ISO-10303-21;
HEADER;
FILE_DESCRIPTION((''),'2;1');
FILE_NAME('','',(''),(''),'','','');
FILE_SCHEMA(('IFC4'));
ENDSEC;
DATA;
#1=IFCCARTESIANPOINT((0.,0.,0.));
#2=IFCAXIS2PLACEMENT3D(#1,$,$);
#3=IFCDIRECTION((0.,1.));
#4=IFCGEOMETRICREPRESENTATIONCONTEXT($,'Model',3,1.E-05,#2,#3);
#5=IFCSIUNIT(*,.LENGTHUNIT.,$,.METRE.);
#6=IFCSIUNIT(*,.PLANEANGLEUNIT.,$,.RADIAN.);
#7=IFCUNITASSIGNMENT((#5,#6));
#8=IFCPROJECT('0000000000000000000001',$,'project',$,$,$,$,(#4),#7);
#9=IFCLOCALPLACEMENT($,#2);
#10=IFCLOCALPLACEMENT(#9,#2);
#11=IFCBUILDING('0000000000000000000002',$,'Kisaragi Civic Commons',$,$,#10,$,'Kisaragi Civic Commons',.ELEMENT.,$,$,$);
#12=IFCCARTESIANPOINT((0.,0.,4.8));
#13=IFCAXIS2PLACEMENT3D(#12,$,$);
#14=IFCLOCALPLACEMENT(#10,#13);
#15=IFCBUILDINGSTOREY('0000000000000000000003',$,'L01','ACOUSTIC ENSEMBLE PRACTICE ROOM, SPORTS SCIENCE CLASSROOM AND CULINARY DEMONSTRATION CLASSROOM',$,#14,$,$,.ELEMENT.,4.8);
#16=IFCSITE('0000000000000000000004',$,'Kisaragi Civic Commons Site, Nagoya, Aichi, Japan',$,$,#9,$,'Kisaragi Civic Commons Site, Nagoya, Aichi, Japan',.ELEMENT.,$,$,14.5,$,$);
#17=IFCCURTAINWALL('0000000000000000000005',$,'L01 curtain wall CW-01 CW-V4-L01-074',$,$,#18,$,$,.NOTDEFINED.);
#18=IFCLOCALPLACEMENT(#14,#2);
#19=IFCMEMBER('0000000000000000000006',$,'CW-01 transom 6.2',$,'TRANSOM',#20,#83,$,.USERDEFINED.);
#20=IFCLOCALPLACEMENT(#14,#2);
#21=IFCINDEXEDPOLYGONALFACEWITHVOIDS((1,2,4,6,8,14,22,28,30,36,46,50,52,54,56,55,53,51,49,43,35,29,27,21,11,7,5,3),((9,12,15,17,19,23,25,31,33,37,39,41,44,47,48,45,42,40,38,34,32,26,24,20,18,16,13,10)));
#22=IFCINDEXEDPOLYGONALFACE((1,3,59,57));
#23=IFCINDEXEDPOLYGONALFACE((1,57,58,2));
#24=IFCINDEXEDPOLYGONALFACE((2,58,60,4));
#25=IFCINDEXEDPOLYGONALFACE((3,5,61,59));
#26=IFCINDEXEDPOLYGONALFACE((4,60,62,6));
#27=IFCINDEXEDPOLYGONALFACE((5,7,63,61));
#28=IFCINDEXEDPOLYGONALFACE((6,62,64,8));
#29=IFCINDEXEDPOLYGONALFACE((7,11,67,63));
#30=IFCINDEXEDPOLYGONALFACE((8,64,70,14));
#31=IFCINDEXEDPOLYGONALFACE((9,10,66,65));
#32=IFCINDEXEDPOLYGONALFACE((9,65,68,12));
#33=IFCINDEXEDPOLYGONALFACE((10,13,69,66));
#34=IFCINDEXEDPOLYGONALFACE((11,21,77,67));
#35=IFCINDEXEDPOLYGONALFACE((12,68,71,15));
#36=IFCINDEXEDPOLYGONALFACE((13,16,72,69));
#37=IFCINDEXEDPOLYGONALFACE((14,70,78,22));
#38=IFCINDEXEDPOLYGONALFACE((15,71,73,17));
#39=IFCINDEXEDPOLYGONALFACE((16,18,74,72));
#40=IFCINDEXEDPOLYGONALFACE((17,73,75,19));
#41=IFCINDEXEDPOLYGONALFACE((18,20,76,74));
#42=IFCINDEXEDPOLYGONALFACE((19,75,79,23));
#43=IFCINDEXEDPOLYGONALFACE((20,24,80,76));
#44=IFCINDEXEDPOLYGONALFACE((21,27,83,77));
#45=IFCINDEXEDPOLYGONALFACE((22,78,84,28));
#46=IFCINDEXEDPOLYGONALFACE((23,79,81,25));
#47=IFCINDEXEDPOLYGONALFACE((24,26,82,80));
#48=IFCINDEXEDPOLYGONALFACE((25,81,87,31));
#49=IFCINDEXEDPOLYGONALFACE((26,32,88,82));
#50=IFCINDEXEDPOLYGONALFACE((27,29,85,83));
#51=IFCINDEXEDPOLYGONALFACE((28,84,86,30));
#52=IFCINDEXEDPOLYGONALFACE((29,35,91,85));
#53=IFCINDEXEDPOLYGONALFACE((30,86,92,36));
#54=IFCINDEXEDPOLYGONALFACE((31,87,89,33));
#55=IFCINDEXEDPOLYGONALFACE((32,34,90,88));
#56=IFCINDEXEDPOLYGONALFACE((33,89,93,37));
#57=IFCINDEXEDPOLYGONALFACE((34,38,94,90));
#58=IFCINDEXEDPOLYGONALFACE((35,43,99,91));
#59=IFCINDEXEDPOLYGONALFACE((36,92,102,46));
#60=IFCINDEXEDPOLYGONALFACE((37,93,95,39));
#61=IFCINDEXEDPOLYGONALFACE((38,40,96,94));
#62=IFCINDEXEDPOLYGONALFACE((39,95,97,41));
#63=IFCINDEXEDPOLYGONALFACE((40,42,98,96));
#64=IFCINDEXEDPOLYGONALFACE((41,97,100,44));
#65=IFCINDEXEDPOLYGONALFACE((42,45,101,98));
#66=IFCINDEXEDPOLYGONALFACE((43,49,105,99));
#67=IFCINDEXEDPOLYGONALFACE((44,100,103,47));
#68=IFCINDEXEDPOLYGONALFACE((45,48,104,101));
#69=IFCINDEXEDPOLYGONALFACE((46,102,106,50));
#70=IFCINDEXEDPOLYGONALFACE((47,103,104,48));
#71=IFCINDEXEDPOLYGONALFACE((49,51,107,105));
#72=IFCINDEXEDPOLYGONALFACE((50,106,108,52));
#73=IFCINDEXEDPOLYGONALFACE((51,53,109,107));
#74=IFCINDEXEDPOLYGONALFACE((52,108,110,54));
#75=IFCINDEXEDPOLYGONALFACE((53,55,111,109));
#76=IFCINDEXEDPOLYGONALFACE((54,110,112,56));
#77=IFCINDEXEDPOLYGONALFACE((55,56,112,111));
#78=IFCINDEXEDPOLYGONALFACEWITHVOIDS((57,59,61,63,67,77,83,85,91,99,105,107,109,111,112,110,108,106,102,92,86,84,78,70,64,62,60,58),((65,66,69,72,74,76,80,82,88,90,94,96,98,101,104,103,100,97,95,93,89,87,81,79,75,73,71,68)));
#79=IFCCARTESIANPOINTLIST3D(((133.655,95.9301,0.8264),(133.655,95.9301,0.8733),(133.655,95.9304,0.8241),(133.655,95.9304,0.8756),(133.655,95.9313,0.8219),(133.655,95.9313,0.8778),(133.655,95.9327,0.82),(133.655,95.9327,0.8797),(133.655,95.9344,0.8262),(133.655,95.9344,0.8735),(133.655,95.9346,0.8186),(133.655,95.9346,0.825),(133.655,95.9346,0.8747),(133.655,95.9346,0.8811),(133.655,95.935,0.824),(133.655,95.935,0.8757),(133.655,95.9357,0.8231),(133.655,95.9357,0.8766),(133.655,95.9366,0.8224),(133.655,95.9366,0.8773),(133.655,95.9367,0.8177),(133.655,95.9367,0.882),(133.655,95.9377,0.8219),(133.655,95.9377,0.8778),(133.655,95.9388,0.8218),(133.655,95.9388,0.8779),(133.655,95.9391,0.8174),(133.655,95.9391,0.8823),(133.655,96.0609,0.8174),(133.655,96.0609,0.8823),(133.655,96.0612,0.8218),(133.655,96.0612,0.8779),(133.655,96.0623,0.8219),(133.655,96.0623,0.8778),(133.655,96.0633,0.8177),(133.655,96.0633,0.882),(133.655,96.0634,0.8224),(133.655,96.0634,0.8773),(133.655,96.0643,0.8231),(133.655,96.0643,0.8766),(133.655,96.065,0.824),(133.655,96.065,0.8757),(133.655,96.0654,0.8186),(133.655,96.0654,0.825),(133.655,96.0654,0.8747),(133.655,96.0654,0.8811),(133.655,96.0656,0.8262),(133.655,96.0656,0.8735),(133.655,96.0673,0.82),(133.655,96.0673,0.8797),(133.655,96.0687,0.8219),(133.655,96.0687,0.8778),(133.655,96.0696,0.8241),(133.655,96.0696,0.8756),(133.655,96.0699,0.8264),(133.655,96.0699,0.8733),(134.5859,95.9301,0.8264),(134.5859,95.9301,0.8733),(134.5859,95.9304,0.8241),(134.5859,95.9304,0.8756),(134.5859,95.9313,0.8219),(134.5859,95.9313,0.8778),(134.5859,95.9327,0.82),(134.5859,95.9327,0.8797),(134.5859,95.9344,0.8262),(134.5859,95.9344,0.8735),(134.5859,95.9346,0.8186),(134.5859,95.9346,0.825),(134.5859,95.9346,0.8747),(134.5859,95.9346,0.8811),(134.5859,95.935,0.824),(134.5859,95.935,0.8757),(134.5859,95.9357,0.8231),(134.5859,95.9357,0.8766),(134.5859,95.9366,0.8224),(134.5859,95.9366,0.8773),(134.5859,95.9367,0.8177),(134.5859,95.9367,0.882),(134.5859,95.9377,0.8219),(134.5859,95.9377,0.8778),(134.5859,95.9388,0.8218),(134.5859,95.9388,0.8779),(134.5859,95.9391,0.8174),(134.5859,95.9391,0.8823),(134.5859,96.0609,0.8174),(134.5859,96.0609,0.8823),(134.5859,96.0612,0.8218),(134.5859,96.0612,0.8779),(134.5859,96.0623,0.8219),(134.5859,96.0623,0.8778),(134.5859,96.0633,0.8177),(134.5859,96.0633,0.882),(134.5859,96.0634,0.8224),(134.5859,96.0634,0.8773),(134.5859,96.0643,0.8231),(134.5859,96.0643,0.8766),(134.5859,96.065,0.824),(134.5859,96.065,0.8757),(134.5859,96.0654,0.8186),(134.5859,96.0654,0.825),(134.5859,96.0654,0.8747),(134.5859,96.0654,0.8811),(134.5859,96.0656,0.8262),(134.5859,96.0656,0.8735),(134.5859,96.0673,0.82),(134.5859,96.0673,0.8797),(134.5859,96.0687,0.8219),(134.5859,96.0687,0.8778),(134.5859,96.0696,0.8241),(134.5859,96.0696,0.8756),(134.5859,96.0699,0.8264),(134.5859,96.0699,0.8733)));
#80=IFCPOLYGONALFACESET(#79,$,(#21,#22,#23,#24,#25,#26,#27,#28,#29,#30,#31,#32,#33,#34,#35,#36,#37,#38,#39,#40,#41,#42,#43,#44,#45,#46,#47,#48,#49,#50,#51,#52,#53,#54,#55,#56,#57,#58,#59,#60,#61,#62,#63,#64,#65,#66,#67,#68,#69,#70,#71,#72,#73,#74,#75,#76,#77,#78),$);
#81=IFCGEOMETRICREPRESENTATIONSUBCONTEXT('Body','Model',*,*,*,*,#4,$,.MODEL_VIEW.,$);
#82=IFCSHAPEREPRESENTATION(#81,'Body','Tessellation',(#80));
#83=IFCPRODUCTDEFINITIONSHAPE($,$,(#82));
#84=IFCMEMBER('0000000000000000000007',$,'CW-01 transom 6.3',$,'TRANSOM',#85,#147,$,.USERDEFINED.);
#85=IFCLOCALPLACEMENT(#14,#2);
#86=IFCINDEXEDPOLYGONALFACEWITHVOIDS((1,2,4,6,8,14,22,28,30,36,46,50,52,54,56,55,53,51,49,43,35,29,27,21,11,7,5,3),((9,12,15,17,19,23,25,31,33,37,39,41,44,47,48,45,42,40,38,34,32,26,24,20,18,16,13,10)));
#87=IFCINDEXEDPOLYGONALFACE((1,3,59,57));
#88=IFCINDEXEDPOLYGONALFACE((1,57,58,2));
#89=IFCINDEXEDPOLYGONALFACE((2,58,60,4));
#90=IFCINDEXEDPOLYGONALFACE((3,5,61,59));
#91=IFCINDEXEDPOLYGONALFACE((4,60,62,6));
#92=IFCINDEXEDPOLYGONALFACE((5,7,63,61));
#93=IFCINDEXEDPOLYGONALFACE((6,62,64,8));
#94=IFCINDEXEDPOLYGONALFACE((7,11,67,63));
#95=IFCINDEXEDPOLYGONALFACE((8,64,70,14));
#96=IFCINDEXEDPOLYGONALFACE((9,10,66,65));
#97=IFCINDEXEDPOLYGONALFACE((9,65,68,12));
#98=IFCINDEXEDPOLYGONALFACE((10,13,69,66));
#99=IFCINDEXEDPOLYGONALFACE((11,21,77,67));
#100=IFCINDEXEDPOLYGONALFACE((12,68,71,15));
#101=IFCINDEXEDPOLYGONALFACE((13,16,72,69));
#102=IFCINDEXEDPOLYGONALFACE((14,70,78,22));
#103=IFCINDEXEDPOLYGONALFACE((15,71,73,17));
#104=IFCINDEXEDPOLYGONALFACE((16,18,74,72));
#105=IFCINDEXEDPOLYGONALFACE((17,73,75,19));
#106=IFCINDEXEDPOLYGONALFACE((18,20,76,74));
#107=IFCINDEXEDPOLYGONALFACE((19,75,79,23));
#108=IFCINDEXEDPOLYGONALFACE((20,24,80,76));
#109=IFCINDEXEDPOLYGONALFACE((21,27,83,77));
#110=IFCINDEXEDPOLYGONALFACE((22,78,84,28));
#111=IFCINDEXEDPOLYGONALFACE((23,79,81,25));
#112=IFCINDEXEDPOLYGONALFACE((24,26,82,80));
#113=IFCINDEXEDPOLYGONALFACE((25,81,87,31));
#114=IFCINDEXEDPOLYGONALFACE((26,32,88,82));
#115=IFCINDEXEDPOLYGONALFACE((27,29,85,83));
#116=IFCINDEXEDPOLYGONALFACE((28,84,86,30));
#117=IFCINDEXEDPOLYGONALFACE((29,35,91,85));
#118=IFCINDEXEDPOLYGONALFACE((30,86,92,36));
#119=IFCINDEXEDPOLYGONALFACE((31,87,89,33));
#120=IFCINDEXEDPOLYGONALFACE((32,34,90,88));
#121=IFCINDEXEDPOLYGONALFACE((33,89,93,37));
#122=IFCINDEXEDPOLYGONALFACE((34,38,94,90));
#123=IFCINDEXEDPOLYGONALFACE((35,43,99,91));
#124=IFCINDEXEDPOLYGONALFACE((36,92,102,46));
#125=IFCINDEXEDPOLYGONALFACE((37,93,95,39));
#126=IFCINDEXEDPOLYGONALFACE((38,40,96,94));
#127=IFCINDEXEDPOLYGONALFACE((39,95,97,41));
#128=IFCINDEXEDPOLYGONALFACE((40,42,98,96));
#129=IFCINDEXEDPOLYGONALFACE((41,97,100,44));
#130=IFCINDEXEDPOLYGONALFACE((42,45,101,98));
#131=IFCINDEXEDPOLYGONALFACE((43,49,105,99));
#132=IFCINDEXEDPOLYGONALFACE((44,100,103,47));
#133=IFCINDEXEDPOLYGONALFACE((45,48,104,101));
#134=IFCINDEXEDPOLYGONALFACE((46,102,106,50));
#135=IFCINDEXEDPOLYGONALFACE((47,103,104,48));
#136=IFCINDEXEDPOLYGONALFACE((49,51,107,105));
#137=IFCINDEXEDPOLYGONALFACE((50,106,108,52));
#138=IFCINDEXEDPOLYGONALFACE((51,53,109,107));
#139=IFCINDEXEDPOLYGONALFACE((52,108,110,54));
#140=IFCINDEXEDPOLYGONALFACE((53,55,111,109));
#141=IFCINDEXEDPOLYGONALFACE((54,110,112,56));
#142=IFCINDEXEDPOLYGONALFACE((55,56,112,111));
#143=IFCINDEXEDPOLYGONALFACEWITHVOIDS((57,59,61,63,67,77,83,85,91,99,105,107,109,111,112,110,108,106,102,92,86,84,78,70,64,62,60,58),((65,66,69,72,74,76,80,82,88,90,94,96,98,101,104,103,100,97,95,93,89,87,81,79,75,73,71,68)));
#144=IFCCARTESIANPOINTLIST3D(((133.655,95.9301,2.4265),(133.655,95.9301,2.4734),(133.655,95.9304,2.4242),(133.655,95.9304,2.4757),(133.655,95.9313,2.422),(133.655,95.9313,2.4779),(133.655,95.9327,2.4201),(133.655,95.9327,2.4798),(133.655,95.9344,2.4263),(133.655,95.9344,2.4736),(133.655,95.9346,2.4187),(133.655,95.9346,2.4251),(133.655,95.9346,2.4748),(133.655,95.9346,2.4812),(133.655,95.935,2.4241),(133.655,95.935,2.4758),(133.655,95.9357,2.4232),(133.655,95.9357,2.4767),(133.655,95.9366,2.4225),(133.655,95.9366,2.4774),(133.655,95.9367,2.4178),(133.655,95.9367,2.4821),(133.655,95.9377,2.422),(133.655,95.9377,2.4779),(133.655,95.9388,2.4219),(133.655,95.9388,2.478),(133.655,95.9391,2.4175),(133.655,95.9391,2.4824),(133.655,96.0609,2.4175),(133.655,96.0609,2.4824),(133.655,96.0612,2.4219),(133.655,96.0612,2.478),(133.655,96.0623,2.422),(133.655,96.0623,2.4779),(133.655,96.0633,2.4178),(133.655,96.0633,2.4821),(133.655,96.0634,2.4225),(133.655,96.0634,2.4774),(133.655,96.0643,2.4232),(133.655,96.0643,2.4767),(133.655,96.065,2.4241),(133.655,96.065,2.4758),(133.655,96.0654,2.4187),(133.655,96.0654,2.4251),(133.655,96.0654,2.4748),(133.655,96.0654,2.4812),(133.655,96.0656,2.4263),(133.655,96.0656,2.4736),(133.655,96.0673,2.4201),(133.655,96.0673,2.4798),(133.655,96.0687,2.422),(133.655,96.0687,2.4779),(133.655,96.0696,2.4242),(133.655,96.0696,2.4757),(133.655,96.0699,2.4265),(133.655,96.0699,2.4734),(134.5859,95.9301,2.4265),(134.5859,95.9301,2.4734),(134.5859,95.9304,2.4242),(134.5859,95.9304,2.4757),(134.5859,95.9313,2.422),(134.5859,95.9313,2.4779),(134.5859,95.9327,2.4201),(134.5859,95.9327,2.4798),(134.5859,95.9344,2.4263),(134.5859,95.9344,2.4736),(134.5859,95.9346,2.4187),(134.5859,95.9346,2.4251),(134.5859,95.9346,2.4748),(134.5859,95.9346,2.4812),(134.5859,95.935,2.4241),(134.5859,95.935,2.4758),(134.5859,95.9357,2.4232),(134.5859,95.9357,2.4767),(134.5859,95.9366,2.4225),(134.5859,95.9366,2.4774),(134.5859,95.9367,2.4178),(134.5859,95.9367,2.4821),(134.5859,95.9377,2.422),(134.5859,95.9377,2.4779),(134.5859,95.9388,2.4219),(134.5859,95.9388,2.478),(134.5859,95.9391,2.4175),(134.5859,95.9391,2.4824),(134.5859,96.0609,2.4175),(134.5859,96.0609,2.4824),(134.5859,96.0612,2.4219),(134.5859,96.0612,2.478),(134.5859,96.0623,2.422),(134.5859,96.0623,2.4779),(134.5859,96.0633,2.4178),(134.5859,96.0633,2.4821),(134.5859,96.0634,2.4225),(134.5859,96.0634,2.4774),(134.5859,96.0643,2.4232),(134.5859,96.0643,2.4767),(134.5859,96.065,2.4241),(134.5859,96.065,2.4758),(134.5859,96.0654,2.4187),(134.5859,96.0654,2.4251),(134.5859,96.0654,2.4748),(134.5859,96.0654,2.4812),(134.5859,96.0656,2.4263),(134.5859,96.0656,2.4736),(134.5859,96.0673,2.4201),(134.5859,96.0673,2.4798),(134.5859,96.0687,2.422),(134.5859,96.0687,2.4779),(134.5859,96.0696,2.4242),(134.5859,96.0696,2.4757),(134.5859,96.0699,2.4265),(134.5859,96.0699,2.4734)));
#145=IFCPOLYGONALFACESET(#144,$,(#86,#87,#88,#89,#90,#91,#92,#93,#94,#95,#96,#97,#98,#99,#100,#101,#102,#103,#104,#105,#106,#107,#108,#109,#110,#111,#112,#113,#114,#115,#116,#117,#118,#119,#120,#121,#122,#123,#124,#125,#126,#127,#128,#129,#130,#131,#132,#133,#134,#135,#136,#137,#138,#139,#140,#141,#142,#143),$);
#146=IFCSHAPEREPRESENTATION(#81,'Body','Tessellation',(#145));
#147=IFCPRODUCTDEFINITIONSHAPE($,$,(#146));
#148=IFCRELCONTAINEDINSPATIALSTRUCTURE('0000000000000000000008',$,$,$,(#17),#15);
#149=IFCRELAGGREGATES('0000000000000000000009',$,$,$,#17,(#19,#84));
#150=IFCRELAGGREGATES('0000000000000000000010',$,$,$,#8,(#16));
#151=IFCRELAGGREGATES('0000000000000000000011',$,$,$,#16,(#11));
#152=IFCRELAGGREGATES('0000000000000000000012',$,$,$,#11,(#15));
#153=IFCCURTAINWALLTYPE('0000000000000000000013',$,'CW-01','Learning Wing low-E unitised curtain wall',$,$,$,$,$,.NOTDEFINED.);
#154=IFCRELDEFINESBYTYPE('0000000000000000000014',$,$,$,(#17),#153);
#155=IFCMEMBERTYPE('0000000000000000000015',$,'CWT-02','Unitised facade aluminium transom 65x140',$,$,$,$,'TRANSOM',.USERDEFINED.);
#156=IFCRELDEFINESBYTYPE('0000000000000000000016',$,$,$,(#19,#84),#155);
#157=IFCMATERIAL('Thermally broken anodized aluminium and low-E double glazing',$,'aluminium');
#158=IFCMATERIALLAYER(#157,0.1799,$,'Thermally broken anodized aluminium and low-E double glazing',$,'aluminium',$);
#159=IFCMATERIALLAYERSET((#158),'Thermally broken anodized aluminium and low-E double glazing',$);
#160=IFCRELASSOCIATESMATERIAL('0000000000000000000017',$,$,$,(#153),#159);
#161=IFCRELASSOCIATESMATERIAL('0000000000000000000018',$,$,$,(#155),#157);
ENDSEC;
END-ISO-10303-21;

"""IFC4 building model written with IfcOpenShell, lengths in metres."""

from ifc_helpers import new_model, si_unit, direction, frame, origin, origin_2d, place, context, subcontext, project, spatial, hollow_rectangle, extrude, material, layer, layer_set, material_profile, profile_set, type_object, element, aggregate, save


model = new_model("IFC4")

# Units and contexts
model_context = context("Model", 3, precision=1e-05, world=origin(), true_north=direction((0.0, 1.0)))
body_context = subcontext(model_context, "Body", "Model", "MODEL_VIEW")
ifc_project = project(units=[si_unit("LENGTHUNIT", "METRE"), si_unit("PLANEANGLEUNIT", "RADIAN")], contexts=[model_context])

# Site, building, storey
site_placement = place(None, origin())
site = spatial("IfcSite", under=ifc_project, at=site_placement, Name="Kisaragi Civic Commons Site, Nagoya, Aichi, Japan", LongName="Kisaragi Civic Commons Site, Nagoya, Aichi, Japan", CompositionType="ELEMENT", RefElevation=14.5)
building_placement = place(site_placement, origin())
building = spatial("IfcBuilding", under=site, at=building_placement, Name="Kisaragi Civic Commons", LongName="Kisaragi Civic Commons", CompositionType="ELEMENT")
storey_placement = place(building_placement, frame((0.0, 0.0, 4.8)))
storey = spatial("IfcBuildingStorey", under=building, at=storey_placement, Name="L01", Description="ACOUSTIC ENSEMBLE PRACTICE ROOM, SPORTS SCIENCE CLASSROOM AND CULINARY DEMONSTRATION CLASSROOM", CompositionType="ELEMENT", Elevation=4.8)

# Curtain wall
ifc_material_1 = material(Name="Thermally broken anodized aluminium and low-E double glazing", Category="aluminium")
ifc_layer_1 = layer(ifc_material_1, 0.1799, Name="Thermally broken anodized aluminium and low-E double glazing", Category="aluminium")
ifc_layer_set_1 = layer_set([ifc_layer_1], Name="Thermally broken anodized aluminium and low-E double glazing")
curtain_wall_type = type_object("IfcCurtainWallType", Name="CW-01", Description="Learning Wing low-E unitised curtain wall", PredefinedType="NOTDEFINED", material=ifc_layer_set_1)
curtain_wall_1_placement = place(storey_placement, origin())
curtain_wall_1 = element("IfcCurtainWall", 1, at=curtain_wall_1_placement, inside=storey, type_object=curtain_wall_type, Name="L01 curtain wall CW-01 CW-V4-L01-074", PredefinedType="NOTDEFINED")

# Members
ifc_material_profile_1 = material_profile(ifc_material_1, hollow_rectangle(XDim=0.1399, YDim=0.0649, WallThickness=0.0044, InnerFilletRadius=0.0044, OuterFilletRadius=0.009, at=origin_2d()), Name="CWT-65x140x4.5", Category="aluminium")
ifc_profile_set_1 = profile_set([ifc_material_profile_1], Name="Thermally broken anodized aluminium and low-E double glazing")
member_type_1 = type_object("IfcMemberType", Name="CWT-02", Description="Unitised facade aluminium transom 65x140", ElementType="TRANSOM", PredefinedType="USERDEFINED", material=ifc_profile_set_1)
member_1_placement = place(storey_placement, frame((134.5859, 96.0, 0.8499), z_axis=(-1.0, 0.0, 0.0), x_axis=(0.0, -1.0, 0.0)))
member_1 = element("IfcMember", 2, at=member_1_placement, type_object=member_type_1, Name="CW-01 transom 6.2", ObjectType="TRANSOM", PredefinedType="USERDEFINED", context=body_context, shape_type="SweptSolid", body=[
    extrude(hollow_rectangle(XDim=0.1399, YDim=0.0649, WallThickness=0.0044, InnerFilletRadius=0.0044, OuterFilletRadius=0.009, at=origin_2d()), origin(), (0.0, 0.0, 1.0), 0.9309),
])
member_2_placement = place(storey_placement, frame((134.5859, 96.0, 2.45), z_axis=(-1.0, 0.0, 0.0), x_axis=(0.0, -1.0, 0.0)))
member_2 = element("IfcMember", 3, at=member_2_placement, type_object=member_type_1, Name="CW-01 transom 6.3", ObjectType="TRANSOM", PredefinedType="USERDEFINED", context=body_context, shape_type="SweptSolid", body=[
    extrude(hollow_rectangle(XDim=0.1399, YDim=0.0649, WallThickness=0.0044, InnerFilletRadius=0.0044, OuterFilletRadius=0.009, at=origin_2d()), origin(), (0.0, 0.0, 1.0), 0.9309),
])

aggregate(curtain_wall_1, [member_1, member_2])

save(model, "model.ifc")
